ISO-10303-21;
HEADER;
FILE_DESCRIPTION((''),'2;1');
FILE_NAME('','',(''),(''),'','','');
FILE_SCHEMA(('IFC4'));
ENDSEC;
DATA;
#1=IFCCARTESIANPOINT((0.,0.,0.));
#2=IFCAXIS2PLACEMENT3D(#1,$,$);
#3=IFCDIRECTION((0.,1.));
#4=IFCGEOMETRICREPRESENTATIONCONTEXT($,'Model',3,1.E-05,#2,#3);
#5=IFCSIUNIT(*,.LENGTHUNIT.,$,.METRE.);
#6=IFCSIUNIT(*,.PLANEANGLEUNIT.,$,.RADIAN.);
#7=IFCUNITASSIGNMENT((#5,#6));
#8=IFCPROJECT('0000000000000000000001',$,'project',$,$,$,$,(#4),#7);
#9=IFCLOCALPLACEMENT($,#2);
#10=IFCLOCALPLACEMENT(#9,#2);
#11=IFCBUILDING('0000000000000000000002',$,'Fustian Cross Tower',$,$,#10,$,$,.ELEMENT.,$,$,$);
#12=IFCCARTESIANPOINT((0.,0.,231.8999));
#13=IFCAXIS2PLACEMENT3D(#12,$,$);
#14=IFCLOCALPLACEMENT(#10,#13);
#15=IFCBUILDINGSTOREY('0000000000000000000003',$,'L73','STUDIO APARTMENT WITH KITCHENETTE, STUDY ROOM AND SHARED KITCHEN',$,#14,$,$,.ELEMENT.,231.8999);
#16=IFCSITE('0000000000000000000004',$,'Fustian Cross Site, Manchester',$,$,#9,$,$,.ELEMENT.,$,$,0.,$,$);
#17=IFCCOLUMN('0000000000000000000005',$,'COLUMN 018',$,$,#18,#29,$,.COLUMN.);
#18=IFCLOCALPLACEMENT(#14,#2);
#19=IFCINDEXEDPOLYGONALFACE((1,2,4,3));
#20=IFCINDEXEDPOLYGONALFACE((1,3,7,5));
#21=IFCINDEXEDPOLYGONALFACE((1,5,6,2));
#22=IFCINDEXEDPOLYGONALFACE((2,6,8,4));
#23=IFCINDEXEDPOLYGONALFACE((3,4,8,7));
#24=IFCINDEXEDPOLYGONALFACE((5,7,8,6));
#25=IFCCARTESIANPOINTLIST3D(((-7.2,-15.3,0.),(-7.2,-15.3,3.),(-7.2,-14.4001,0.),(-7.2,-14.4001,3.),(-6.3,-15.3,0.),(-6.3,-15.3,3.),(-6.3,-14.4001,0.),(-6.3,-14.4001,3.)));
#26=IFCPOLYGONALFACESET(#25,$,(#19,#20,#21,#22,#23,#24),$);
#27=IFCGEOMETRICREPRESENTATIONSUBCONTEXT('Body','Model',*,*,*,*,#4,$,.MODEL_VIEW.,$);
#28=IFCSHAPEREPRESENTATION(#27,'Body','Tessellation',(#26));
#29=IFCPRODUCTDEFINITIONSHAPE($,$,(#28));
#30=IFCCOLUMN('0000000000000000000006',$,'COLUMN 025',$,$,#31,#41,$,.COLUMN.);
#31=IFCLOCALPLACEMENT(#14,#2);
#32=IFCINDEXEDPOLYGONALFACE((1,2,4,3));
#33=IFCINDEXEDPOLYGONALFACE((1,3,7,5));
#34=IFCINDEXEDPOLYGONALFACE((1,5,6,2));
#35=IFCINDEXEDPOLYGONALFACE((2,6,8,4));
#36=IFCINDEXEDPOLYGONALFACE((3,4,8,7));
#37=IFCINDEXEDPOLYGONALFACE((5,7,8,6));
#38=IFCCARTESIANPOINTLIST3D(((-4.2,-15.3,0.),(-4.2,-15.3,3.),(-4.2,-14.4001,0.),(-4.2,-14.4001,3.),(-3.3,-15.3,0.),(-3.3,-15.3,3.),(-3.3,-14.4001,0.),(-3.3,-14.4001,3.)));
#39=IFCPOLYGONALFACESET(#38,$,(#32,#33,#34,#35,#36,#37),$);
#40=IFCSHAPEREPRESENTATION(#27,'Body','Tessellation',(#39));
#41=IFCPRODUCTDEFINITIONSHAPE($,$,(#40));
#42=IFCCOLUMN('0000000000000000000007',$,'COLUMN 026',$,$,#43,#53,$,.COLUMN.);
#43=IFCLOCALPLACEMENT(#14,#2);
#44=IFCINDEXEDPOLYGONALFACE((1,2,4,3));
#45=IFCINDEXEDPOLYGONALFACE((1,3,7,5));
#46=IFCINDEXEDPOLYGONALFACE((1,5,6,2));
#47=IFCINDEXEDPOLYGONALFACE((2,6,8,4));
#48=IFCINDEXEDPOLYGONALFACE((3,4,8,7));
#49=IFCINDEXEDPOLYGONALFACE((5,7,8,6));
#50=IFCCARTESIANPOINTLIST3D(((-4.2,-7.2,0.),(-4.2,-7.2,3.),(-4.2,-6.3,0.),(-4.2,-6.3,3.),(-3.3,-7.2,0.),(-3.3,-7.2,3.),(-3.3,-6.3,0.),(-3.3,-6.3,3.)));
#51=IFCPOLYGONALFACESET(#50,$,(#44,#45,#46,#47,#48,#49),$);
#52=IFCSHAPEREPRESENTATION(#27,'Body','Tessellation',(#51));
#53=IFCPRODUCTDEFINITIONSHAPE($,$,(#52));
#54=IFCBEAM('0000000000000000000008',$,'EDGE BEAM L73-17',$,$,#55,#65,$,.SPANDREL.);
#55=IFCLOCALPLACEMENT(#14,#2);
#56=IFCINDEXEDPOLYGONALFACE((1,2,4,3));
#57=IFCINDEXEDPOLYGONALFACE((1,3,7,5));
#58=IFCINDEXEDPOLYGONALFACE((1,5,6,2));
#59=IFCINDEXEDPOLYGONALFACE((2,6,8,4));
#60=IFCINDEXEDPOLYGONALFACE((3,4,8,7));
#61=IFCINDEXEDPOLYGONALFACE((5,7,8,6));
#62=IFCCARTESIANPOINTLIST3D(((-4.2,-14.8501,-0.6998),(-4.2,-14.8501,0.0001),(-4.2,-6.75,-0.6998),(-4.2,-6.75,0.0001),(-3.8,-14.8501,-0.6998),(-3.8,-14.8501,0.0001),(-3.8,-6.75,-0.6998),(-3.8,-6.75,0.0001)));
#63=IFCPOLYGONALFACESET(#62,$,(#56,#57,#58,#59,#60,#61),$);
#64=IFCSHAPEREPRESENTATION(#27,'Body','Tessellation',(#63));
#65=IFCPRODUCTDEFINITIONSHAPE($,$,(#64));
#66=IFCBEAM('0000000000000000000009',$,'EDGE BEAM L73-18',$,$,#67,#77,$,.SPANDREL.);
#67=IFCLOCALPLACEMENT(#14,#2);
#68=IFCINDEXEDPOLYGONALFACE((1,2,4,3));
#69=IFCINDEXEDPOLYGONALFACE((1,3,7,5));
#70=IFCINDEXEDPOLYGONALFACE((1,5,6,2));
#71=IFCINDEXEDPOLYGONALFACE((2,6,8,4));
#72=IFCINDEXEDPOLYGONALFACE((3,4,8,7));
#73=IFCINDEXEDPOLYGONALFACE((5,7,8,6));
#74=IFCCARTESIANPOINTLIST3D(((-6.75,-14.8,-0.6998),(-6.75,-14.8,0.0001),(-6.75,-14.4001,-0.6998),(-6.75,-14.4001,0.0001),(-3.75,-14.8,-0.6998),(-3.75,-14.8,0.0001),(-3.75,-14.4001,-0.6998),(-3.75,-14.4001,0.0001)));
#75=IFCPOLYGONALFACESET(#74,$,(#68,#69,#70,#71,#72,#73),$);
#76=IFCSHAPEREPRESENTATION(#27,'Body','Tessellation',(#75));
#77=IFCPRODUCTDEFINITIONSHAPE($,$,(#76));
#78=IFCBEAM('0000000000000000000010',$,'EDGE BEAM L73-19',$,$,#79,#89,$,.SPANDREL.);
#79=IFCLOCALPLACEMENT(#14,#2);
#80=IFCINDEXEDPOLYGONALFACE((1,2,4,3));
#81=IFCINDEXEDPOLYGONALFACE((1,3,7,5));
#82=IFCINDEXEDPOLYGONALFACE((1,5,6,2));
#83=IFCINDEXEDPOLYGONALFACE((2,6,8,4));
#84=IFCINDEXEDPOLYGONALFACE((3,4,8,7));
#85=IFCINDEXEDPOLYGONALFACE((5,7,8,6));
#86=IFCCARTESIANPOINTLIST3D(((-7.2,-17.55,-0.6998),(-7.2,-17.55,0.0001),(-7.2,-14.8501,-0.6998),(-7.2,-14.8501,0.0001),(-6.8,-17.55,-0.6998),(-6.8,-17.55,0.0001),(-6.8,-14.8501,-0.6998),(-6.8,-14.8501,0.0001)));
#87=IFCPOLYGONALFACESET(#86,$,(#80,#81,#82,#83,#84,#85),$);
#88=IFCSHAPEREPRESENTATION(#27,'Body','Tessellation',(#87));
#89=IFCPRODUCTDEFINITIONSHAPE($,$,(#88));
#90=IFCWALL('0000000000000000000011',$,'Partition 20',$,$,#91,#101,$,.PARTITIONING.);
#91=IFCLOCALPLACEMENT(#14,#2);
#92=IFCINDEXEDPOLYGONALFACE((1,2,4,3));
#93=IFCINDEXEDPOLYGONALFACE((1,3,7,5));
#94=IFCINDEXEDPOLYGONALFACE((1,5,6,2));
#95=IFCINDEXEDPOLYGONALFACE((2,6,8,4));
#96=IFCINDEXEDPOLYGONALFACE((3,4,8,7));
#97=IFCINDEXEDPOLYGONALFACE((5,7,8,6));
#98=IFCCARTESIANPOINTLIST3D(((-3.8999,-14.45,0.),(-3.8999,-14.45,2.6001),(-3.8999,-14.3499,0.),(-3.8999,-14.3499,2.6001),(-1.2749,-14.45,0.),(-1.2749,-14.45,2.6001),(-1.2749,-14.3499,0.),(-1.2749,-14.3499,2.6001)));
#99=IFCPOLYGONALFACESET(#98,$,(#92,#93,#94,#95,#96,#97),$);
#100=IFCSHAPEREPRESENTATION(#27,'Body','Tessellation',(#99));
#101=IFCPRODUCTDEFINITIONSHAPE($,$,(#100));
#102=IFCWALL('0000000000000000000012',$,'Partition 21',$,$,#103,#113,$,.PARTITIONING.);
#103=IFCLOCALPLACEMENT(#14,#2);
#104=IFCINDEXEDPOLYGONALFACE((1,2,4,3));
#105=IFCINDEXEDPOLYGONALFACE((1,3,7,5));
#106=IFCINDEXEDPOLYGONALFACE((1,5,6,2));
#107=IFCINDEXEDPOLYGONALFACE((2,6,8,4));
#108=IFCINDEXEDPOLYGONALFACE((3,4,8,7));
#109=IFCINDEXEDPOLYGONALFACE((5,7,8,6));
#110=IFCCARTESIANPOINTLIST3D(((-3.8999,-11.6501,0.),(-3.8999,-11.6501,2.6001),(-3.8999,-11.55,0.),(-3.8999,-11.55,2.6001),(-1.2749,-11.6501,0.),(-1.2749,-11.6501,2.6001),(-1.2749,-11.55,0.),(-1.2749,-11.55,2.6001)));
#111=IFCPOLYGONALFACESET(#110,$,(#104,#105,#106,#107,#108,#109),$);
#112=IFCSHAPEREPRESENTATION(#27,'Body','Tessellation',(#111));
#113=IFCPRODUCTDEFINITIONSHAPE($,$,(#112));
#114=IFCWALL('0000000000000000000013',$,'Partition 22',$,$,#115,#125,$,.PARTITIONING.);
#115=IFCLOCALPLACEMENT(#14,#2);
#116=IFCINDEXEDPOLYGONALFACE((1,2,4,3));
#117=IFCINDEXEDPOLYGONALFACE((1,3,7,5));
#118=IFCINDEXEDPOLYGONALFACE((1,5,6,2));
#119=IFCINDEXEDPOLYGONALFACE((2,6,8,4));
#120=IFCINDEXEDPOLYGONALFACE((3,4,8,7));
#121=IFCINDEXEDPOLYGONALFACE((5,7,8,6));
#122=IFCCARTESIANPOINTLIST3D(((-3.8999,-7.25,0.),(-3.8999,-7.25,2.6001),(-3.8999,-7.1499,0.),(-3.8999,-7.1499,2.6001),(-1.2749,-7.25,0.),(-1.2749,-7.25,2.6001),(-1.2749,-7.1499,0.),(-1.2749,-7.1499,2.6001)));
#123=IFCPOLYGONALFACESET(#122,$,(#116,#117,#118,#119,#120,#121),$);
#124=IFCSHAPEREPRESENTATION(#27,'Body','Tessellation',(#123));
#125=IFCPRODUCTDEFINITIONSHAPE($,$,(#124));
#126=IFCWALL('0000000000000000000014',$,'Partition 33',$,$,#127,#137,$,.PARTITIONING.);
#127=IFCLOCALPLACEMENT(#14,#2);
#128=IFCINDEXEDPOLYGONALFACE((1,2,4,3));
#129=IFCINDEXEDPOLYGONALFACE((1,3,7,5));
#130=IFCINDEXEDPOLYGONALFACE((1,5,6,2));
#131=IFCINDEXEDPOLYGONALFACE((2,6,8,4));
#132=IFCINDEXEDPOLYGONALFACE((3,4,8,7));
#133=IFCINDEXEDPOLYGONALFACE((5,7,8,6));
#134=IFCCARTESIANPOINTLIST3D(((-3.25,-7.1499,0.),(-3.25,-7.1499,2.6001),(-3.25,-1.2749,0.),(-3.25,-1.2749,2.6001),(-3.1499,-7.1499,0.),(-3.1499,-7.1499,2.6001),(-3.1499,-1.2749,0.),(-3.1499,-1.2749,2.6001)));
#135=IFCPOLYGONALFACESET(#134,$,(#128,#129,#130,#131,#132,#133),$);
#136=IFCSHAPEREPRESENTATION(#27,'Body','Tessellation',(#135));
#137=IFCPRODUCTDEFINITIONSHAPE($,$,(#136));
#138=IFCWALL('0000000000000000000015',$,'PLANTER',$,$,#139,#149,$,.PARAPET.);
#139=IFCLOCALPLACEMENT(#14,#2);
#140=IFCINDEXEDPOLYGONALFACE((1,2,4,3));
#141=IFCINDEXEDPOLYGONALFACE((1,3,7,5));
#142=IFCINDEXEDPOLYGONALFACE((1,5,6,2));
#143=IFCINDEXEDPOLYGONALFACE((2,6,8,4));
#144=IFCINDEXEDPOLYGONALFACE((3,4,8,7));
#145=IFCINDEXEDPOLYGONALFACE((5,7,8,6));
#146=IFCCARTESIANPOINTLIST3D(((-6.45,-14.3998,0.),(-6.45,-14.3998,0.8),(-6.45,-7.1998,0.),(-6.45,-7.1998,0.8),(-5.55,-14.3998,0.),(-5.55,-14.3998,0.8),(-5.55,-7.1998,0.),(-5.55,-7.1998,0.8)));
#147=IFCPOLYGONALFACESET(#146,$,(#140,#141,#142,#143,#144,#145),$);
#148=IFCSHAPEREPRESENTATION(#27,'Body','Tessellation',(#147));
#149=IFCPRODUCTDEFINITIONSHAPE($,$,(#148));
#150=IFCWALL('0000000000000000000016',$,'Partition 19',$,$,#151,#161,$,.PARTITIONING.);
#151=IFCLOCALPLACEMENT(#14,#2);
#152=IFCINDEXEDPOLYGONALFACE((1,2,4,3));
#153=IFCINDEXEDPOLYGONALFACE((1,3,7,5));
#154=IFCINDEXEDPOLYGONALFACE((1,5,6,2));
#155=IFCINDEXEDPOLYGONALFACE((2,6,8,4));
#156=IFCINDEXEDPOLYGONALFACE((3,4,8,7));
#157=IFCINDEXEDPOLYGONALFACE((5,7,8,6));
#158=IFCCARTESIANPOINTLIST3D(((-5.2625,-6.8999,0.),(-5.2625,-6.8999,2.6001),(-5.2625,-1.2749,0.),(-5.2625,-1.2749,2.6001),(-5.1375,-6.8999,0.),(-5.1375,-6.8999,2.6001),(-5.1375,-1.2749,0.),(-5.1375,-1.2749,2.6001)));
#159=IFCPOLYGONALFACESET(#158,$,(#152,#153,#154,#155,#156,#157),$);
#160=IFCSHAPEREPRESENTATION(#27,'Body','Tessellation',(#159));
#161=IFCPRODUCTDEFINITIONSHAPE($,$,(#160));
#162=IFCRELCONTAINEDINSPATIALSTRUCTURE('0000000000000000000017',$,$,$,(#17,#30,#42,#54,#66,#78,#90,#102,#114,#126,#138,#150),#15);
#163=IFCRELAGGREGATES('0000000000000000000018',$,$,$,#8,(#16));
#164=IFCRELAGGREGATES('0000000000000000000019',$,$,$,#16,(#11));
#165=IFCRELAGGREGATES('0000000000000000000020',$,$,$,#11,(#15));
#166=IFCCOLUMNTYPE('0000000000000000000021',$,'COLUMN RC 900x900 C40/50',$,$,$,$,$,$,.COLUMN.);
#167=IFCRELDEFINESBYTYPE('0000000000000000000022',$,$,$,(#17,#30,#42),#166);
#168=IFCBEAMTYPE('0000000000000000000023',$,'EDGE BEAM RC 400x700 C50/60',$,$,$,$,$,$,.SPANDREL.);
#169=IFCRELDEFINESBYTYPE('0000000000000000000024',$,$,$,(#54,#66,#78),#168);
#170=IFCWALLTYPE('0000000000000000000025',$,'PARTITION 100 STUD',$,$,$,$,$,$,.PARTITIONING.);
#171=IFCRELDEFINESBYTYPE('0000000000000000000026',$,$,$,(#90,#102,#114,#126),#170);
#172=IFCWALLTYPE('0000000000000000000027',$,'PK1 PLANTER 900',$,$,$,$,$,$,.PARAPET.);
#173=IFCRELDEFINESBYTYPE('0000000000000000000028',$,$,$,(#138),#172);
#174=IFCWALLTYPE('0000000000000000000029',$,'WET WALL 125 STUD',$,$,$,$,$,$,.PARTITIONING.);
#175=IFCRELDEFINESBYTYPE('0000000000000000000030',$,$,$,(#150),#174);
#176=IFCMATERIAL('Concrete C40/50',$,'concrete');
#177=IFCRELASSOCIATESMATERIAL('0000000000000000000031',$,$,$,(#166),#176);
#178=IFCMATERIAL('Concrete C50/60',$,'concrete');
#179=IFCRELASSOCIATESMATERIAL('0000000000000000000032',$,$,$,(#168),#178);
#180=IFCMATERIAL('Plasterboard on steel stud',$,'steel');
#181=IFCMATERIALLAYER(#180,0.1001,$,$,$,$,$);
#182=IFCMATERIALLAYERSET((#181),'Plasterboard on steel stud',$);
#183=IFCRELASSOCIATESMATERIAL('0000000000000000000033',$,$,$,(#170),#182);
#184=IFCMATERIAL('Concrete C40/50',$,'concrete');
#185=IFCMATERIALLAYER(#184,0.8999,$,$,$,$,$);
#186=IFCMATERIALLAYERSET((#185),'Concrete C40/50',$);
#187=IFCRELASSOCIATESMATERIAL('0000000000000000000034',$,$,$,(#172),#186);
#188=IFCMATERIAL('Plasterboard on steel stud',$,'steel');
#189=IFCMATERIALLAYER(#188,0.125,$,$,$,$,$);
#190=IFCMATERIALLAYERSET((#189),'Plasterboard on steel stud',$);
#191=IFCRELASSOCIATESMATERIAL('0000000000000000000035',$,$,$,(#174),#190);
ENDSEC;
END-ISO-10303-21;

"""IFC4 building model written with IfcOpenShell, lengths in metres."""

from ifc_helpers import new_model, si_unit, direction, frame, frame_2d, origin, origin_2d, place, context, subcontext, project, spatial, rectangle, extrude, material, layer, layer_set, material_profile, profile_set, type_object, element, save


model = new_model("IFC4")

# Units and contexts
model_context = context("Model", 3, precision=1e-05, world=origin(), true_north=direction((0.0, 1.0)))
body_context = subcontext(model_context, "Body", "Model", "MODEL_VIEW")
ifc_project = project(units=[si_unit("LENGTHUNIT", "METRE"), si_unit("PLANEANGLEUNIT", "RADIAN")], contexts=[model_context])

# Site, building, storey
site_placement = place(None, origin())
site = spatial("IfcSite", under=ifc_project, at=site_placement, Name="Fustian Cross Site, Manchester", CompositionType="ELEMENT", RefElevation=0.0)
building_placement = place(site_placement, origin())
building = spatial("IfcBuilding", under=site, at=building_placement, Name="Fustian Cross Tower", CompositionType="ELEMENT")
storey_placement = place(building_placement, frame((0.0, 0.0, 231.8999)))
storey = spatial("IfcBuildingStorey", under=building, at=storey_placement, Name="L73", Description="STUDIO APARTMENT WITH KITCHENETTE, STUDY ROOM AND SHARED KITCHEN", CompositionType="ELEMENT", Elevation=231.8999)

# Columns
ifc_material_1 = material(Name="Concrete C40/50", Category="concrete")
ifc_material_profile_1 = material_profile(ifc_material_1, rectangle(XDim=0.8999, YDim=0.8999, at=origin_2d()), Name="RC 900x900")
ifc_profile_set_1 = profile_set([ifc_material_profile_1], Name="Concrete C40/50")
column_type = type_object("IfcColumnType", Name="COLUMN RC 900x900 C40/50", PredefinedType="COLUMN", material=ifc_profile_set_1)
for number, where, z_axis, x_axis, name in (
    (1, (-6.75, -14.8501, 0.0), (0.0, 0.0, 1.0), (1.0, 0.0, 0.0), "COLUMN 018"),
    (2, (-3.75, -14.8501, 0.0), (0.0, 0.0, 1.0), (1.0, 0.0, 0.0), "COLUMN 025"),
    (3, (-3.75, -6.75, 0.0), (0.0, 0.0, 1.0), (1.0, 0.0, 0.0), "COLUMN 026"),
):
    element("IfcColumn", number, at=place(storey_placement, frame(where, z_axis=z_axis, x_axis=x_axis)), inside=storey, type_object=column_type, Name=name, PredefinedType="COLUMN", context=body_context, shape_type="SweptSolid", body=[
        extrude(rectangle(XDim=0.8999, YDim=0.8999, at=origin_2d()), origin(), (0.0, 0.0, 1.0), 3.0),
    ])

# Beams
ifc_material_2 = material(Name="Concrete C50/60", Category="concrete")
ifc_material_profile_2 = material_profile(ifc_material_2, rectangle(XDim=0.3999, YDim=0.7, at=origin_2d()), Name="RC 400x700")
ifc_profile_set_2 = profile_set([ifc_material_profile_2], Name="Concrete C50/60")
beam_type = type_object("IfcBeamType", Name="EDGE BEAM RC 400x700 C50/60", PredefinedType="SPANDREL", material=ifc_profile_set_2)
beam_1_placement = place(storey_placement, frame((-4.0, -6.75, -0.3499), z_axis=(0.0, -1.0, 0.0), x_axis=(1.0, 0.0, 0.0)))
element("IfcBeam", 4, at=beam_1_placement, inside=storey, type_object=beam_type, Name="EDGE BEAM L73-17", PredefinedType="SPANDREL", context=body_context, shape_type="SweptSolid", body=[
    extrude(rectangle(XDim=0.3999, YDim=0.7, at=origin_2d()), origin(), (0.0, 0.0, 1.0), 8.1001),
])
beam_2_placement = place(storey_placement, frame((-3.75, -14.6001, -0.3499), z_axis=(-1.0, 0.0, 0.0), x_axis=(0.0, -1.0, 0.0)))
element("IfcBeam", 5, at=beam_2_placement, inside=storey, type_object=beam_type, Name="EDGE BEAM L73-18", PredefinedType="SPANDREL", context=body_context, shape_type="SweptSolid", body=[
    extrude(rectangle(XDim=0.3999, YDim=0.7, at=origin_2d()), origin(), (0.0, 0.0, 1.0), 3.0),
])
beam_3_placement = place(storey_placement, frame((-7.0, -14.8501, -0.3499), z_axis=(0.0, -1.0, 0.0), x_axis=(1.0, 0.0, 0.0)))
element("IfcBeam", 6, at=beam_3_placement, inside=storey, type_object=beam_type, Name="EDGE BEAM L73-19", PredefinedType="SPANDREL", context=body_context, shape_type="SweptSolid", body=[
    extrude(rectangle(XDim=0.3999, YDim=0.7, at=origin_2d()), origin(), (0.0, 0.0, 1.0), 2.7),
])

# Walls
ifc_material_3 = material(Name="Plasterboard on steel stud", Category="steel")
ifc_layer_1 = layer(ifc_material_3, 0.1001)
ifc_layer_set_1 = layer_set([ifc_layer_1], Name="Plasterboard on steel stud")
wall_type_1 = type_object("IfcWallType", Name="PARTITION 100 STUD", PredefinedType="PARTITIONING", material=ifc_layer_set_1)
for number, where, z_axis, x_axis, name in (
    (7, (-3.8999, -14.3999, 0.0), (0.0, 0.0, 1.0), (1.0, 0.0, 0.0), "Partition 20"),
    (8, (-3.8999, -11.6001, 0.0), (0.0, 0.0, 1.0), (1.0, 0.0, 0.0), "Partition 21"),
    (9, (-3.8999, -7.2, 0.0), (0.0, 0.0, 1.0), (1.0, 0.0, 0.0), "Partition 22"),
):
    element("IfcWall", number, at=place(storey_placement, frame(where, z_axis=z_axis, x_axis=x_axis)), inside=storey, type_object=wall_type_1, Name=name, PredefinedType="PARTITIONING", context=body_context, shape_type="SweptSolid", body=[
        extrude(rectangle(XDim=2.625, YDim=0.1001, at=frame_2d((1.3125, 0.0))), origin(), (0.0, 0.0, 1.0), 2.6001),
    ])
wall_1_placement = place(storey_placement, frame((-3.2, -7.1499, 0.0), z_axis=(0.0, 0.0, 1.0), x_axis=(0.0, 1.0, 0.0)))
element("IfcWall", 10, at=wall_1_placement, inside=storey, type_object=wall_type_1, Name="Partition 33", PredefinedType="PARTITIONING", context=body_context, shape_type="SweptSolid", body=[
    extrude(rectangle(XDim=5.875, YDim=0.1001, at=frame_2d((2.9375, 0.0))), origin(), (0.0, 0.0, 1.0), 2.6001),
])
ifc_material_4 = material(Name="Concrete C40/50", Category="concrete")
ifc_layer_2 = layer(ifc_material_4, 0.8999)
ifc_layer_set_2 = layer_set([ifc_layer_2], Name="Concrete C40/50")
wall_type_2 = type_object("IfcWallType", Name="PK1 PLANTER 900", PredefinedType="PARAPET", material=ifc_layer_set_2)
wall_2_placement = place(storey_placement, frame((-6.0, -14.3999, 0.0), z_axis=(0.0, 0.0, 1.0), x_axis=(0.0, 1.0, 0.0)))
element("IfcWall", 11, at=wall_2_placement, inside=storey, type_object=wall_type_2, Name="PLANTER", PredefinedType="PARAPET", context=body_context, shape_type="SweptSolid", body=[
    extrude(rectangle(XDim=7.2, YDim=0.8999, at=frame_2d((3.6001, 0.0))), origin(), (0.0, 0.0, 1.0), 0.8),
])
ifc_material_5 = material(Name="Plasterboard on steel stud", Category="steel")
ifc_layer_3 = layer(ifc_material_5, 0.125)
ifc_layer_set_3 = layer_set([ifc_layer_3], Name="Plasterboard on steel stud")
wall_type_3 = type_object("IfcWallType", Name="WET WALL 125 STUD", PredefinedType="PARTITIONING", material=ifc_layer_set_3)
wall_3_placement = place(storey_placement, frame((-5.2, -6.8999, 0.0), z_axis=(0.0, 0.0, 1.0), x_axis=(0.0, 1.0, 0.0)))
element("IfcWall", 12, at=wall_3_placement, inside=storey, type_object=wall_type_3, Name="Partition 19", PredefinedType="PARTITIONING", context=body_context, shape_type="SweptSolid", body=[
    extrude(rectangle(XDim=5.625, YDim=0.125, at=frame_2d((2.8125, 0.0))), origin(), (0.0, 0.0, 1.0), 2.6001),
])

save(model, "model.ifc")
